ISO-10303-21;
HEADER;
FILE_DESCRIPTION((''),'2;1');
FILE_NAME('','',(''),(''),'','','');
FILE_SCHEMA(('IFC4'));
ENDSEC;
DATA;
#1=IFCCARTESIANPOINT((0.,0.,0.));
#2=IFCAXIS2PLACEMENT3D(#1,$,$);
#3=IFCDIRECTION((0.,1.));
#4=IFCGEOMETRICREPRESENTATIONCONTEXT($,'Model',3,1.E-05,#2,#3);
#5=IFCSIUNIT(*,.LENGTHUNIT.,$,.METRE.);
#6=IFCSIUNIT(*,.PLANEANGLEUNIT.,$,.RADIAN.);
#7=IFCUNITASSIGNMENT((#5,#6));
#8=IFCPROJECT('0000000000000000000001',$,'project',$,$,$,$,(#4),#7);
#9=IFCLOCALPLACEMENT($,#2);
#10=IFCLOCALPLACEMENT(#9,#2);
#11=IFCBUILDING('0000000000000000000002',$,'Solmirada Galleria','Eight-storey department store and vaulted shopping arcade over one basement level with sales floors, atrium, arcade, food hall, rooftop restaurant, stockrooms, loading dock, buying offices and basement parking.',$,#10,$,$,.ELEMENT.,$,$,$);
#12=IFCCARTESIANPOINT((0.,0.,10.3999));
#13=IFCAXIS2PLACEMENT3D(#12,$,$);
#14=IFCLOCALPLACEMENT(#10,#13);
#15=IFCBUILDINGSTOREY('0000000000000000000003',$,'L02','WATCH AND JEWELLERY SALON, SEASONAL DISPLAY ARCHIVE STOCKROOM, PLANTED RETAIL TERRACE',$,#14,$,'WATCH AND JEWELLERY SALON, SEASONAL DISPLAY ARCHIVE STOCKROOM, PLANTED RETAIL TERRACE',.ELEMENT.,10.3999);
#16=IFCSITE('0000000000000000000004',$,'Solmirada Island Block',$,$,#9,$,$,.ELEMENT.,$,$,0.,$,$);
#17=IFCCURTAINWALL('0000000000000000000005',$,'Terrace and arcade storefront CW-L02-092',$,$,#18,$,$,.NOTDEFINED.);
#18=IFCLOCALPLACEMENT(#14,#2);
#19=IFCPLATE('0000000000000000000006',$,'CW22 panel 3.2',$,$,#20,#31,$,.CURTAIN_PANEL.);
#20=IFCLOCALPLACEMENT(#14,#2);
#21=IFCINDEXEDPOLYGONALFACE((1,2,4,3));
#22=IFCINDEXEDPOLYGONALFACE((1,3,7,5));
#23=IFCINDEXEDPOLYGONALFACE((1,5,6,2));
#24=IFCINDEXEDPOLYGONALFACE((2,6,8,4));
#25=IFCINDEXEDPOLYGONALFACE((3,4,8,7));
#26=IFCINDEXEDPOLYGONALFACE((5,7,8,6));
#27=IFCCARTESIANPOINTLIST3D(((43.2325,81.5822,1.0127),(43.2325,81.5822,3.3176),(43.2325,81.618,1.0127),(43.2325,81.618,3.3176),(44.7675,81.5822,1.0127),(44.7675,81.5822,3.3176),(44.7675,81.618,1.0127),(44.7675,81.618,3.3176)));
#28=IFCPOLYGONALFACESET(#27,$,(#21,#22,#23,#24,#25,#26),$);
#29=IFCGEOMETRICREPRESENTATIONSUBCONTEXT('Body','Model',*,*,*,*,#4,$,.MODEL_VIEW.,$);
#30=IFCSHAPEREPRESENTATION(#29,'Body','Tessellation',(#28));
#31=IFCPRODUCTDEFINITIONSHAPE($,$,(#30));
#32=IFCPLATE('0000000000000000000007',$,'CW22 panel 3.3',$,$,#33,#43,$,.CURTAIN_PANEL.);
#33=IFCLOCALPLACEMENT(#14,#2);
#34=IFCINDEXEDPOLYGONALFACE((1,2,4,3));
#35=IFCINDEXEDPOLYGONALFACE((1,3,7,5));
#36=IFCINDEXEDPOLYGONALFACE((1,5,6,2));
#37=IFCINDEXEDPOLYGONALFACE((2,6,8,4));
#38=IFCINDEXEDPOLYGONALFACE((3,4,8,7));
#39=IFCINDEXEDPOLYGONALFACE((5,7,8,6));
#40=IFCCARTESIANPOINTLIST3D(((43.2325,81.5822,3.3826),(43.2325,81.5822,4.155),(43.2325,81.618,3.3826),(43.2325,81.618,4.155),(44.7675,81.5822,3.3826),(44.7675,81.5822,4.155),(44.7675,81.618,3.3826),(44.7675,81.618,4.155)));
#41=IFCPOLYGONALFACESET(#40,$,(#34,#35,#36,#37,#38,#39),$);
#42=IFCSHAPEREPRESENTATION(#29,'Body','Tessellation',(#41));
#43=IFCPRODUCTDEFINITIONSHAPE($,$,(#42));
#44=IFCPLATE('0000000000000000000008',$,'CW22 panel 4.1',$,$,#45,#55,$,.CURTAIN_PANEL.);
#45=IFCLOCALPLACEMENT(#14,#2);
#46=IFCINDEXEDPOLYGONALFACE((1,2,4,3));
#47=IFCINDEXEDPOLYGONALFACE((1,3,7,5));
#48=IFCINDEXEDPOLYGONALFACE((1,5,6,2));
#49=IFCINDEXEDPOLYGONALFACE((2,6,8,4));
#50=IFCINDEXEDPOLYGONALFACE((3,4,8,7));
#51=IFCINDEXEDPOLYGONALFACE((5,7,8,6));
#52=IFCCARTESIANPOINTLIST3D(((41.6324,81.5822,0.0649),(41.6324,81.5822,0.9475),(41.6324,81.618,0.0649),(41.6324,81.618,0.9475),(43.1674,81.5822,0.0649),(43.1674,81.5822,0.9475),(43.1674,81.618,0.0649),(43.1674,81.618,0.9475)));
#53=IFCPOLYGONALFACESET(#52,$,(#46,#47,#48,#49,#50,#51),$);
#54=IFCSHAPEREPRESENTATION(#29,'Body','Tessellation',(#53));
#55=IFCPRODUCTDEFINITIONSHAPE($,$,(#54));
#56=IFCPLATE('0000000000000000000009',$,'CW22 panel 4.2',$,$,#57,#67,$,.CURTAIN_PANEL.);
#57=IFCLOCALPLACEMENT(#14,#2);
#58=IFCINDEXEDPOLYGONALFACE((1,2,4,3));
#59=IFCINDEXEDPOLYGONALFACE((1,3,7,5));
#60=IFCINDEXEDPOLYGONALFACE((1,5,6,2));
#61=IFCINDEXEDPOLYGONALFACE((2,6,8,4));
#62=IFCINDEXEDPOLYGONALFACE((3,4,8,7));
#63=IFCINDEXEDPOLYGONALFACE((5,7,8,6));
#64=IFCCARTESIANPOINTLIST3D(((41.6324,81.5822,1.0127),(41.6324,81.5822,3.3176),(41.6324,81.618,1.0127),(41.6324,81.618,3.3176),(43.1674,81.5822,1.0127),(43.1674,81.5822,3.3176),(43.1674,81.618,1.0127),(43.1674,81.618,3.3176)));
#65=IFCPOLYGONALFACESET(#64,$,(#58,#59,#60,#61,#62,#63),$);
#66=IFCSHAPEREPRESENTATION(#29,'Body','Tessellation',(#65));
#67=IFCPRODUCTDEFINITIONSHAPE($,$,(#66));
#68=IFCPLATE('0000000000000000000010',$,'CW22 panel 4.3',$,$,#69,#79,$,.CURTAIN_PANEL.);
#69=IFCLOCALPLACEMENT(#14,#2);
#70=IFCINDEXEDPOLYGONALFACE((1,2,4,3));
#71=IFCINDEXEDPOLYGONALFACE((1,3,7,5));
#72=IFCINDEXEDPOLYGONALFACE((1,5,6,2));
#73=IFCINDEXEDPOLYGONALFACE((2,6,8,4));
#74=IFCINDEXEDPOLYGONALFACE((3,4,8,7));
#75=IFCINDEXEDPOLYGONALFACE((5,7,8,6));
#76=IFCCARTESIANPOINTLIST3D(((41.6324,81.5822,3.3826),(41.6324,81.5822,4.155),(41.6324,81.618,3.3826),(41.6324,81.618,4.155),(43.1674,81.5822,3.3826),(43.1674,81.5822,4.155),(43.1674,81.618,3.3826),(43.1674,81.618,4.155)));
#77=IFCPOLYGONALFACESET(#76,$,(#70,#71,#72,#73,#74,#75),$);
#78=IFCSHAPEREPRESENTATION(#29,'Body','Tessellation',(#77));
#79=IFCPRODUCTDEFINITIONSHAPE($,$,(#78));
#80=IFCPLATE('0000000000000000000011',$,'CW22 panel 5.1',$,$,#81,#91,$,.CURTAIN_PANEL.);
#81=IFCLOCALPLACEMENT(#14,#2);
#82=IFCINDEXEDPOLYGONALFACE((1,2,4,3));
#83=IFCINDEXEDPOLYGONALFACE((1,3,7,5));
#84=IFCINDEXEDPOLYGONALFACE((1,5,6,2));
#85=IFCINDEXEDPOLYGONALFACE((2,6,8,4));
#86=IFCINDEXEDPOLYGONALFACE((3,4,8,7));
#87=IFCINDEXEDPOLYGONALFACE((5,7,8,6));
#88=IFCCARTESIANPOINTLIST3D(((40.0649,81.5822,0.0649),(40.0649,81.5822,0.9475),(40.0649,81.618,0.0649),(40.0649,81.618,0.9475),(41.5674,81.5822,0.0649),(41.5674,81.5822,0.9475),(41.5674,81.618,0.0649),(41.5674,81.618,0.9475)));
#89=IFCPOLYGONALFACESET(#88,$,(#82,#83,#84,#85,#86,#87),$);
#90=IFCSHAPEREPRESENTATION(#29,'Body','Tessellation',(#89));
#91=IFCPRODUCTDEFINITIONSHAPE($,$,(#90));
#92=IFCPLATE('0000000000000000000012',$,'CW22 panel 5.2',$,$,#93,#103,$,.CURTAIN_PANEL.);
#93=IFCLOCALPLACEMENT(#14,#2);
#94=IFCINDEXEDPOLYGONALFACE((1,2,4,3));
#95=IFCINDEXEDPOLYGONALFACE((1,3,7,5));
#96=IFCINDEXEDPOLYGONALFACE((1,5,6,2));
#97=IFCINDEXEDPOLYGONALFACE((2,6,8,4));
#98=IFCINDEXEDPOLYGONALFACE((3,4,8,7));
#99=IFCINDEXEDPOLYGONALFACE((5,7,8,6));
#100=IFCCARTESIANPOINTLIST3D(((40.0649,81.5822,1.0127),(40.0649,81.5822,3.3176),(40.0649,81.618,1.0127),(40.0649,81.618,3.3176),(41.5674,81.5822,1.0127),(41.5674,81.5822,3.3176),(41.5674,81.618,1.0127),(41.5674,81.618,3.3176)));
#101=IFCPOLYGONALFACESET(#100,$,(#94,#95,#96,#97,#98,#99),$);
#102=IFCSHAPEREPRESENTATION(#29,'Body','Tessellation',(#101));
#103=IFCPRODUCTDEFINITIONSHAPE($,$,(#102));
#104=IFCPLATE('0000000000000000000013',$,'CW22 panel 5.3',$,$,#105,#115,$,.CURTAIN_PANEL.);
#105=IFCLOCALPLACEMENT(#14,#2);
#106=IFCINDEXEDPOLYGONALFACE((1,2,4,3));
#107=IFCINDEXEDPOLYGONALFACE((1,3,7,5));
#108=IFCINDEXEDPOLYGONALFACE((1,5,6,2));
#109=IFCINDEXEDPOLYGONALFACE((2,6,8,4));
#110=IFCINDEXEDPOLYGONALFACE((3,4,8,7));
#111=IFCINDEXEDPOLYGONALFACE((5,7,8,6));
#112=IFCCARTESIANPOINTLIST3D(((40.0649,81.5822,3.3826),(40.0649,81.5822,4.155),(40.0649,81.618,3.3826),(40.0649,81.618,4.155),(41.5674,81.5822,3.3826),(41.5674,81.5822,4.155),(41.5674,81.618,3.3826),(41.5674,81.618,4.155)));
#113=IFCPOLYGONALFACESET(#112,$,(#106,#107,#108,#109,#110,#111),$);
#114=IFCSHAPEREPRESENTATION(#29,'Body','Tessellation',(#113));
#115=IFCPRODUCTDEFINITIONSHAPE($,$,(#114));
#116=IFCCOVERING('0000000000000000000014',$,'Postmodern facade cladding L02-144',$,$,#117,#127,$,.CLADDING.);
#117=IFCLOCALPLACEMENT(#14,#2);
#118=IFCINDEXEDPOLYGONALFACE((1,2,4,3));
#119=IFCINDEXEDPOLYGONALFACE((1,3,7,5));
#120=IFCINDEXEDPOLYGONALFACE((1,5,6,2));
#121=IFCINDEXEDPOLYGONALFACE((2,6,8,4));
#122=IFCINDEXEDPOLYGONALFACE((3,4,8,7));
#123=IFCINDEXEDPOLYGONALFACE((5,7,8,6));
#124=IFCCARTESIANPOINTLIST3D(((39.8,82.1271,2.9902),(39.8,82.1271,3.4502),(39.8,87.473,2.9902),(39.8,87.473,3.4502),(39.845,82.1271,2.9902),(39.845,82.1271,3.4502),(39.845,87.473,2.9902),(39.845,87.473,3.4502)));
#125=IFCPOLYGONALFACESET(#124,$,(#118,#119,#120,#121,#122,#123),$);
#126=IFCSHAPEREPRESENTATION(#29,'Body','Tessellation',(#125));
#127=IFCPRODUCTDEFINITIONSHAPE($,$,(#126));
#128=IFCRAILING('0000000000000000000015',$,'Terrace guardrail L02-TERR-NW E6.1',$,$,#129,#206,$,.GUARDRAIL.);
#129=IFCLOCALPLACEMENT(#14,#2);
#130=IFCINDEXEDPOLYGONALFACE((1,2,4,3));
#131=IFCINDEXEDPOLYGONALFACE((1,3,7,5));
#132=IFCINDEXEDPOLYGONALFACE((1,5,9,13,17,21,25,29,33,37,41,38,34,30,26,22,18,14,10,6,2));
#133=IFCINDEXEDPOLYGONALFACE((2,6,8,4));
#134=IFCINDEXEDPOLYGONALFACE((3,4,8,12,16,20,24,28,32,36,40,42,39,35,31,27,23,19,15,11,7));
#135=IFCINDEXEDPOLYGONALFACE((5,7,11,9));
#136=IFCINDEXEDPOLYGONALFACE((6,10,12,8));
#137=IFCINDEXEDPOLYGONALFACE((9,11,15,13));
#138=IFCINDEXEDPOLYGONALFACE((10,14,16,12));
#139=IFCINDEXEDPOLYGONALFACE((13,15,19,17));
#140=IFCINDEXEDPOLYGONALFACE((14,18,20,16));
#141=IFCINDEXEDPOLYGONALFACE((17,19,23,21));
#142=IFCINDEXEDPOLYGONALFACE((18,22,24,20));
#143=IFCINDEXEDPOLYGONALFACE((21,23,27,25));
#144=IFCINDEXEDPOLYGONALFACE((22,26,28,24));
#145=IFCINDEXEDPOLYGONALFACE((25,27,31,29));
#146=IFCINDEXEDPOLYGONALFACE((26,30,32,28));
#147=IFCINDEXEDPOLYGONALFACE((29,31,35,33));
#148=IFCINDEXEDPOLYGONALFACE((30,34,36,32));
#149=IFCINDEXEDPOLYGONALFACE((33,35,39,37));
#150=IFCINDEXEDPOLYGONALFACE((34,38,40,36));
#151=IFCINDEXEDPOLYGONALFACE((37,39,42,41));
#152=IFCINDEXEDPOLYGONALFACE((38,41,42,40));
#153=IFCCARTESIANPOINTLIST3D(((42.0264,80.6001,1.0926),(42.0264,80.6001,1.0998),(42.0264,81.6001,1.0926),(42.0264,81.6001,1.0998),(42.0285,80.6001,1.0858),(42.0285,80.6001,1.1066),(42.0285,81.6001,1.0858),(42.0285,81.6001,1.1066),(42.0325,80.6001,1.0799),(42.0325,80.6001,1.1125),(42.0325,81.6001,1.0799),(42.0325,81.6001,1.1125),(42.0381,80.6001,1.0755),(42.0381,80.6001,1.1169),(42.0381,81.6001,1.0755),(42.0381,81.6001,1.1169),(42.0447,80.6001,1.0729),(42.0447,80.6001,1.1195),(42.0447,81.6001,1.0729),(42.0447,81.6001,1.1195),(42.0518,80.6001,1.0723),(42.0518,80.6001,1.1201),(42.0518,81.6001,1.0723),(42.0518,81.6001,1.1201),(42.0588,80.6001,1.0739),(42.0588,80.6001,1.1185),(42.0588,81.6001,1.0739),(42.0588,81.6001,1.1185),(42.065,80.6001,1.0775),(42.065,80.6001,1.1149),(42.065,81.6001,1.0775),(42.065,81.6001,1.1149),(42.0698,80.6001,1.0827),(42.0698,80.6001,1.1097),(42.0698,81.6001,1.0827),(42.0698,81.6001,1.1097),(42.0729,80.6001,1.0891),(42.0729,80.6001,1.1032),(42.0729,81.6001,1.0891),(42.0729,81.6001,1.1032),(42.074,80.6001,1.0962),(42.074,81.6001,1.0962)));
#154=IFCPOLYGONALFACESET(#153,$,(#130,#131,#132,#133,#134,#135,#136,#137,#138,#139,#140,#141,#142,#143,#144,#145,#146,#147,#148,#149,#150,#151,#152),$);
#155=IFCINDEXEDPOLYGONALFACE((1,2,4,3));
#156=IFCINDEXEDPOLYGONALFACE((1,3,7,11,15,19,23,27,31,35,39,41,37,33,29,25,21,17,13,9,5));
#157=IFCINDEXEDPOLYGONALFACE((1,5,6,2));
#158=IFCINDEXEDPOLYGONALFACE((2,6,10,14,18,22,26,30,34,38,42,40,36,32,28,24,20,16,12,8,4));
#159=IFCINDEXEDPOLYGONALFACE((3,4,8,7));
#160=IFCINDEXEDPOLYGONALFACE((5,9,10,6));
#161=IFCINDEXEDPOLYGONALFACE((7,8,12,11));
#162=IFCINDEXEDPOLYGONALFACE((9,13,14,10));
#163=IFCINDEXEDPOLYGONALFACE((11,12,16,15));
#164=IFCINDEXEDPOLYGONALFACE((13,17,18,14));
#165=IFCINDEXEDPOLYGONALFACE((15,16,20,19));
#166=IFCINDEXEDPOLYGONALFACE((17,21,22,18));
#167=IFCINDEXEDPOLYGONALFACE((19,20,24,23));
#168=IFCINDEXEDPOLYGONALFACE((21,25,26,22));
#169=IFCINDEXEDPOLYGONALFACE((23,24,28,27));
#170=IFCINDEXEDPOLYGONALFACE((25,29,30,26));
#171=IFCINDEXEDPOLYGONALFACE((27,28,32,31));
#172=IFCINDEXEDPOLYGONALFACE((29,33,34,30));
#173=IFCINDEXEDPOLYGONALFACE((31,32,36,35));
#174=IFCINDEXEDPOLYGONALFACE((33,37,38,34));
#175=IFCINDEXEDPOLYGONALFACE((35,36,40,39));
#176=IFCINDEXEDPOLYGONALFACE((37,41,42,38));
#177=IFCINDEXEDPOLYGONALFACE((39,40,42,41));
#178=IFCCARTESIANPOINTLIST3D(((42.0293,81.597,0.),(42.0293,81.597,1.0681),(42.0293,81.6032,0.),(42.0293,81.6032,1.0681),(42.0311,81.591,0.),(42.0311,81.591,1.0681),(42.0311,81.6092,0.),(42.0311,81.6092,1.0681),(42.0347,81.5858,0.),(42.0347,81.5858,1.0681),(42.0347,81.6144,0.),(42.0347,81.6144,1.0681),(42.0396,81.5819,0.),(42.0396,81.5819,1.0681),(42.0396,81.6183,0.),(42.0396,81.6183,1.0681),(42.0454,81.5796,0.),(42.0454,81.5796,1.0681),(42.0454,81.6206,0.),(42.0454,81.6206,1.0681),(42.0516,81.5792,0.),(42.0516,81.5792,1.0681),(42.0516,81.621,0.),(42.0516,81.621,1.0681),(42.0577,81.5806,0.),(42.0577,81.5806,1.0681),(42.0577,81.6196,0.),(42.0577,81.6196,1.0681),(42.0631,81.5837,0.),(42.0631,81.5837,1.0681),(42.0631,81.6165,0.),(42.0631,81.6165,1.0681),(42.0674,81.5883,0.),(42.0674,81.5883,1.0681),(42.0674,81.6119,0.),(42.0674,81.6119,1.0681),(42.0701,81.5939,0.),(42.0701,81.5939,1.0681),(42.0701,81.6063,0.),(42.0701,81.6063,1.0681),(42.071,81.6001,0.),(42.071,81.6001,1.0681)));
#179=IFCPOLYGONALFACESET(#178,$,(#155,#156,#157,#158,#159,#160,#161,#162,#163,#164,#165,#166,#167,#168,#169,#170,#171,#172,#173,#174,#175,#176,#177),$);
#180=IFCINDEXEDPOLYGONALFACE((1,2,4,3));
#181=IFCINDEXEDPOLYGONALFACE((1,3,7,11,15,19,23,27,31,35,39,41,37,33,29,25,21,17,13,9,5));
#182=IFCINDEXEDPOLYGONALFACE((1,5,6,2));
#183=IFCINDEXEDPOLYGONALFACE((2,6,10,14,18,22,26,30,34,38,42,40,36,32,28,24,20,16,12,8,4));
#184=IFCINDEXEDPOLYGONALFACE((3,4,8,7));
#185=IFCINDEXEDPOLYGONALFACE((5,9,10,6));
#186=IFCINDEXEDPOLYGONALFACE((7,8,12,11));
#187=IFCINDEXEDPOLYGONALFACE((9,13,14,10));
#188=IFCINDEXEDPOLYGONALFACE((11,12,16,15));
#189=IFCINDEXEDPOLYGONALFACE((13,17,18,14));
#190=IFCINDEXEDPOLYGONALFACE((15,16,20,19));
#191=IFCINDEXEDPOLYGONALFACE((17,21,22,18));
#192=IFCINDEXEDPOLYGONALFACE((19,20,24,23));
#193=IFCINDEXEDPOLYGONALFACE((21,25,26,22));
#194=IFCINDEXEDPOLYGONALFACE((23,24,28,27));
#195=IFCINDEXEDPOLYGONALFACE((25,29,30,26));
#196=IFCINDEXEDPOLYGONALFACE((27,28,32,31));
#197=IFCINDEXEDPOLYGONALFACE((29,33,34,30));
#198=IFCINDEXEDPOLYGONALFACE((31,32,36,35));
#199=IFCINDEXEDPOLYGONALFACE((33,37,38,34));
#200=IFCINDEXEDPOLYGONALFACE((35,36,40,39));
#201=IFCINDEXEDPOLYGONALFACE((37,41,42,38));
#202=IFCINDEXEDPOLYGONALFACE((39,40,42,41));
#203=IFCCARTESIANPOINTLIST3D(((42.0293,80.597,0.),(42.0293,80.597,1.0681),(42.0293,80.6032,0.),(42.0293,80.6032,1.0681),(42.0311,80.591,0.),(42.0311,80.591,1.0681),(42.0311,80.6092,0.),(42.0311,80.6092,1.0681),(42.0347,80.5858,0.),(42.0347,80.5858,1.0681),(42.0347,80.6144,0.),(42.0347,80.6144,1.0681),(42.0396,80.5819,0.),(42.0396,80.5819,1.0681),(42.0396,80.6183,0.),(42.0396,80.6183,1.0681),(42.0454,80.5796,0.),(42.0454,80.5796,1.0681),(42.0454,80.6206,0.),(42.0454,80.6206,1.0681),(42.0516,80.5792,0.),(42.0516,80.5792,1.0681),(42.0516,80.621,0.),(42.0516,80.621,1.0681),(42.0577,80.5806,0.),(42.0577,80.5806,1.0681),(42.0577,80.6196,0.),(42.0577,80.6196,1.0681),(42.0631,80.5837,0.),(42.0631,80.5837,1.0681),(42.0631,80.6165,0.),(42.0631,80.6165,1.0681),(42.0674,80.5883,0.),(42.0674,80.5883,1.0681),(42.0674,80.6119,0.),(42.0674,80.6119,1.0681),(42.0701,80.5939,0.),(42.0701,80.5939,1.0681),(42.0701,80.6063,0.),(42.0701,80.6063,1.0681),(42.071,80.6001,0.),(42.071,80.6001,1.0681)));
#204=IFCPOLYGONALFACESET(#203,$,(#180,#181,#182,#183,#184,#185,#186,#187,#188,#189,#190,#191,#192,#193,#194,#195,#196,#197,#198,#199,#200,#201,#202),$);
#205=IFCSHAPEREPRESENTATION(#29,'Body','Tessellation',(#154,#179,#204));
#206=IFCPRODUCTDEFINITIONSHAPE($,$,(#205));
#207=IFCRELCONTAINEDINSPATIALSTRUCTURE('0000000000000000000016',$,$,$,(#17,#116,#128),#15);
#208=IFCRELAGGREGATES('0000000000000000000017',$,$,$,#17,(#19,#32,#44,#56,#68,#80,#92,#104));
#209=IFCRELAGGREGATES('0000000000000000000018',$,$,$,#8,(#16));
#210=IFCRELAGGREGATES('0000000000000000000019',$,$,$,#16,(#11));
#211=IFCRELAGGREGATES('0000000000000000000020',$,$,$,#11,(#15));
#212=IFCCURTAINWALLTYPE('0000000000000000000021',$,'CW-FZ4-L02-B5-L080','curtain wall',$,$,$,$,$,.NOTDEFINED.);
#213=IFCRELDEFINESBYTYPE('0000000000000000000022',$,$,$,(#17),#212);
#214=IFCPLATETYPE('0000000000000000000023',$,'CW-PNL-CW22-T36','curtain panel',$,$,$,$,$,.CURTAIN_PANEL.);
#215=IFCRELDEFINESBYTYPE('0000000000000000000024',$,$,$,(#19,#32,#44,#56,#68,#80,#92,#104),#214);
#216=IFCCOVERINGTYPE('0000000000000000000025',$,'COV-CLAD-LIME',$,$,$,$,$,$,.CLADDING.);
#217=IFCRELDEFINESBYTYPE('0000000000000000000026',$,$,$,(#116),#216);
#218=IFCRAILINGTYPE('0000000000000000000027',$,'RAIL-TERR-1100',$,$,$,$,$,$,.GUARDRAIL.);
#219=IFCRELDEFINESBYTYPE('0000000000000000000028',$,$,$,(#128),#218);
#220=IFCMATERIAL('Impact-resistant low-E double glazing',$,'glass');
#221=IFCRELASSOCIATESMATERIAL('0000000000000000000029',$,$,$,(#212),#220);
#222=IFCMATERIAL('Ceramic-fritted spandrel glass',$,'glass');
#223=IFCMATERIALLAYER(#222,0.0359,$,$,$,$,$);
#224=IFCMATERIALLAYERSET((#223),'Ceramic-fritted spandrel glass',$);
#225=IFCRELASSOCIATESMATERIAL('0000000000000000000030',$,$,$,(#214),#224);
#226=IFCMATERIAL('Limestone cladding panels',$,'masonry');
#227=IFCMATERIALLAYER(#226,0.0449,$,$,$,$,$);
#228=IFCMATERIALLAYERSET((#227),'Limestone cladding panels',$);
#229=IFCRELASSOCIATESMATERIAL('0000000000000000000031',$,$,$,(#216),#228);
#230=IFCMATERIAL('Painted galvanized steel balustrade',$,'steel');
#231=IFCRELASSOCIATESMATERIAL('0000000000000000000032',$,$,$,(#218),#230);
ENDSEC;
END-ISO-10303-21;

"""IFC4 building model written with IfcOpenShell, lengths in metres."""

from ifc_helpers import new_model, si_unit, direction, frame, origin, origin_2d, place, context, subcontext, project, spatial, rectangle, circle, extrude, material, layer, layer_set, type_object, element, aggregate, save


model = new_model("IFC4")

# Units and contexts
model_context = context("Model", 3, precision=1e-05, world=origin(), true_north=direction((0.0, 1.0)))
body_context = subcontext(model_context, "Body", "Model", "MODEL_VIEW")
ifc_project = project(units=[si_unit("LENGTHUNIT", "METRE"), si_unit("PLANEANGLEUNIT", "RADIAN")], contexts=[model_context])

# Site, building, storey
site_placement = place(None, origin())
site = spatial("IfcSite", under=ifc_project, at=site_placement, Name="Solmirada Island Block", CompositionType="ELEMENT", RefElevation=0.0)
building_placement = place(site_placement, origin())
building = spatial("IfcBuilding", under=site, at=building_placement, Name="Solmirada Galleria", Description="Eight-storey department store and vaulted shopping arcade over one basement level with sales floors, atrium, arcade, food hall, rooftop restaurant, stockrooms, loading dock, buying offices and basement parking.", CompositionType="ELEMENT")
storey_placement = place(building_placement, frame((0.0, 0.0, 10.3999)))
storey = spatial("IfcBuildingStorey", under=building, at=storey_placement, Name="L02", Description="WATCH AND JEWELLERY SALON, SEASONAL DISPLAY ARCHIVE STOCKROOM, PLANTED RETAIL TERRACE", LongName="WATCH AND JEWELLERY SALON, SEASONAL DISPLAY ARCHIVE STOCKROOM, PLANTED RETAIL TERRACE", CompositionType="ELEMENT", Elevation=10.3999)

# Curtain wall, plates
ifc_material_1 = material(Name="Impact-resistant low-E double glazing", Category="glass")
curtain_wall_type = type_object("IfcCurtainWallType", Name="CW-FZ4-L02-B5-L080", Description="curtain wall", PredefinedType="NOTDEFINED", material=ifc_material_1)
curtain_wall_placement = place(storey_placement, origin())
curtain_wall = element("IfcCurtainWall", 1, at=curtain_wall_placement, inside=storey, type_object=curtain_wall_type, Name="Terrace and arcade storefront CW-L02-092", PredefinedType="NOTDEFINED")
ifc_material_2 = material(Name="Ceramic-fritted spandrel glass", Category="glass")
ifc_layer_1 = layer(ifc_material_2, 0.0359)
ifc_layer_set_1 = layer_set([ifc_layer_1], Name="Ceramic-fritted spandrel glass")
plate_type = type_object("IfcPlateType", Name="CW-PNL-CW22-T36", Description="curtain panel", PredefinedType="CURTAIN_PANEL", material=ifc_layer_set_1)
plate_1_placement = place(storey_placement, frame((44.0, 81.6001, 1.0127), z_axis=(0.0, 0.0, 1.0), x_axis=(-1.0, 0.0, 0.0)))
plate_1 = element("IfcPlate", 2, at=plate_1_placement, type_object=plate_type, Name="CW22 panel 3.2", PredefinedType="CURTAIN_PANEL", context=body_context, shape_type="SweptSolid", body=[
    extrude(rectangle(XDim=1.5349, YDim=0.0359, at=origin_2d()), origin(), (0.0, 0.0, 1.0), 2.3049),
])
plate_2_placement = place(storey_placement, frame((44.0, 81.6001, 3.3826), z_axis=(0.0, 0.0, 1.0), x_axis=(-1.0, 0.0, 0.0)))
plate_2 = element("IfcPlate", 3, at=plate_2_placement, type_object=plate_type, Name="CW22 panel 3.3", PredefinedType="CURTAIN_PANEL", context=body_context, shape_type="SweptSolid", body=[
    extrude(rectangle(XDim=1.5349, YDim=0.0359, at=origin_2d()), origin(), (0.0, 0.0, 1.0), 0.7725),
])
plate_3_placement = place(storey_placement, frame((42.3999, 81.6001, 0.0649), z_axis=(0.0, 0.0, 1.0), x_axis=(-1.0, 0.0, 0.0)))
plate_3 = element("IfcPlate", 4, at=plate_3_placement, type_object=plate_type, Name="CW22 panel 4.1", PredefinedType="CURTAIN_PANEL", context=body_context, shape_type="SweptSolid", body=[
    extrude(rectangle(XDim=1.5349, YDim=0.0359, at=origin_2d()), origin(), (0.0, 0.0, 1.0), 0.8826),
])
plate_4_placement = place(storey_placement, frame((42.3999, 81.6001, 1.0127), z_axis=(0.0, 0.0, 1.0), x_axis=(-1.0, 0.0, 0.0)))
plate_4 = element("IfcPlate", 5, at=plate_4_placement, type_object=plate_type, Name="CW22 panel 4.2", PredefinedType="CURTAIN_PANEL", context=body_context, shape_type="SweptSolid", body=[
    extrude(rectangle(XDim=1.5349, YDim=0.0359, at=origin_2d()), origin(), (0.0, 0.0, 1.0), 2.3049),
])
plate_5_placement = place(storey_placement, frame((42.3999, 81.6001, 3.3826), z_axis=(0.0, 0.0, 1.0), x_axis=(-1.0, 0.0, 0.0)))
plate_5 = element("IfcPlate", 6, at=plate_5_placement, type_object=plate_type, Name="CW22 panel 4.3", PredefinedType="CURTAIN_PANEL", context=body_context, shape_type="SweptSolid", body=[
    extrude(rectangle(XDim=1.5349, YDim=0.0359, at=origin_2d()), origin(), (0.0, 0.0, 1.0), 0.7725),
])
plate_6_placement = place(storey_placement, frame((40.8162, 81.6001, 0.0649), z_axis=(0.0, 0.0, 1.0), x_axis=(-1.0, 0.0, 0.0)))
plate_6 = element("IfcPlate", 7, at=plate_6_placement, type_object=plate_type, Name="CW22 panel 5.1", PredefinedType="CURTAIN_PANEL", context=body_context, shape_type="SweptSolid", body=[
    extrude(rectangle(XDim=1.5024, YDim=0.0359, at=origin_2d()), origin(), (0.0, 0.0, 1.0), 0.8826),
])
plate_7_placement = place(storey_placement, frame((40.8162, 81.6001, 1.0127), z_axis=(0.0, 0.0, 1.0), x_axis=(-1.0, 0.0, 0.0)))
plate_7 = element("IfcPlate", 8, at=plate_7_placement, type_object=plate_type, Name="CW22 panel 5.2", PredefinedType="CURTAIN_PANEL", context=body_context, shape_type="SweptSolid", body=[
    extrude(rectangle(XDim=1.5024, YDim=0.0359, at=origin_2d()), origin(), (0.0, 0.0, 1.0), 2.3049),
])
plate_8_placement = place(storey_placement, frame((40.8162, 81.6001, 3.3826), z_axis=(0.0, 0.0, 1.0), x_axis=(-1.0, 0.0, 0.0)))
plate_8 = element("IfcPlate", 9, at=plate_8_placement, type_object=plate_type, Name="CW22 panel 5.3", PredefinedType="CURTAIN_PANEL", context=body_context, shape_type="SweptSolid", body=[
    extrude(rectangle(XDim=1.5024, YDim=0.0359, at=origin_2d()), origin(), (0.0, 0.0, 1.0), 0.7725),
])
aggregate(curtain_wall, [plate_1, plate_2, plate_3, plate_4, plate_5, plate_6, plate_7, plate_8])

# Covering
ifc_material_3 = material(Name="Limestone cladding panels", Category="masonry")
ifc_layer_2 = layer(ifc_material_3, 0.0449)
ifc_layer_set_2 = layer_set([ifc_layer_2], Name="Limestone cladding panels")
covering_type = type_object("IfcCoveringType", Name="COV-CLAD-LIME", PredefinedType="CLADDING", material=ifc_layer_set_2)
covering_placement = place(storey_placement, frame((39.8225, 84.8, 2.9902), z_axis=(0.0, 0.0, 1.0), x_axis=(0.0, 1.0, 0.0)))
element("IfcCovering", 10, at=covering_placement, inside=storey, type_object=covering_type, Name="Postmodern facade cladding L02-144", PredefinedType="CLADDING", context=body_context, shape_type="SweptSolid", body=[
    extrude(rectangle(XDim=5.3459, YDim=0.0449, at=origin_2d()), origin(), (0.0, 0.0, 1.0), 0.46),
])

# Railing
ifc_material_4 = material(Name="Painted galvanized steel balustrade", Category="steel")
railing_type = type_object("IfcRailingType", Name="RAIL-TERR-1100", PredefinedType="GUARDRAIL", material=ifc_material_4)
railing_placement = place(storey_placement, frame((42.05, 81.6001, 0.0)))
element("IfcRailing", 11, at=railing_placement, inside=storey, type_object=railing_type, Name="Terrace guardrail L02-TERR-NW E6.1", PredefinedType="GUARDRAIL", context=body_context, shape_type="SweptSolid", body=[
    extrude(circle(Radius=0.0239, at=origin_2d()), frame((0.0, 0.0, 1.0962), z_axis=(0.0, -1.0, 0.0), x_axis=(1.0, 0.0, 0.0)), (0.0, 0.0, 1.0), 1.0),
    extrude(circle(Radius=0.021, at=origin_2d()), origin(), (0.0, 0.0, 1.0), 1.0681),
    extrude(circle(Radius=0.021, at=origin_2d()), frame((0.0, -1.0, 0.0)), (0.0, 0.0, 1.0), 1.0681),
])

save(model, "model.ifc")
